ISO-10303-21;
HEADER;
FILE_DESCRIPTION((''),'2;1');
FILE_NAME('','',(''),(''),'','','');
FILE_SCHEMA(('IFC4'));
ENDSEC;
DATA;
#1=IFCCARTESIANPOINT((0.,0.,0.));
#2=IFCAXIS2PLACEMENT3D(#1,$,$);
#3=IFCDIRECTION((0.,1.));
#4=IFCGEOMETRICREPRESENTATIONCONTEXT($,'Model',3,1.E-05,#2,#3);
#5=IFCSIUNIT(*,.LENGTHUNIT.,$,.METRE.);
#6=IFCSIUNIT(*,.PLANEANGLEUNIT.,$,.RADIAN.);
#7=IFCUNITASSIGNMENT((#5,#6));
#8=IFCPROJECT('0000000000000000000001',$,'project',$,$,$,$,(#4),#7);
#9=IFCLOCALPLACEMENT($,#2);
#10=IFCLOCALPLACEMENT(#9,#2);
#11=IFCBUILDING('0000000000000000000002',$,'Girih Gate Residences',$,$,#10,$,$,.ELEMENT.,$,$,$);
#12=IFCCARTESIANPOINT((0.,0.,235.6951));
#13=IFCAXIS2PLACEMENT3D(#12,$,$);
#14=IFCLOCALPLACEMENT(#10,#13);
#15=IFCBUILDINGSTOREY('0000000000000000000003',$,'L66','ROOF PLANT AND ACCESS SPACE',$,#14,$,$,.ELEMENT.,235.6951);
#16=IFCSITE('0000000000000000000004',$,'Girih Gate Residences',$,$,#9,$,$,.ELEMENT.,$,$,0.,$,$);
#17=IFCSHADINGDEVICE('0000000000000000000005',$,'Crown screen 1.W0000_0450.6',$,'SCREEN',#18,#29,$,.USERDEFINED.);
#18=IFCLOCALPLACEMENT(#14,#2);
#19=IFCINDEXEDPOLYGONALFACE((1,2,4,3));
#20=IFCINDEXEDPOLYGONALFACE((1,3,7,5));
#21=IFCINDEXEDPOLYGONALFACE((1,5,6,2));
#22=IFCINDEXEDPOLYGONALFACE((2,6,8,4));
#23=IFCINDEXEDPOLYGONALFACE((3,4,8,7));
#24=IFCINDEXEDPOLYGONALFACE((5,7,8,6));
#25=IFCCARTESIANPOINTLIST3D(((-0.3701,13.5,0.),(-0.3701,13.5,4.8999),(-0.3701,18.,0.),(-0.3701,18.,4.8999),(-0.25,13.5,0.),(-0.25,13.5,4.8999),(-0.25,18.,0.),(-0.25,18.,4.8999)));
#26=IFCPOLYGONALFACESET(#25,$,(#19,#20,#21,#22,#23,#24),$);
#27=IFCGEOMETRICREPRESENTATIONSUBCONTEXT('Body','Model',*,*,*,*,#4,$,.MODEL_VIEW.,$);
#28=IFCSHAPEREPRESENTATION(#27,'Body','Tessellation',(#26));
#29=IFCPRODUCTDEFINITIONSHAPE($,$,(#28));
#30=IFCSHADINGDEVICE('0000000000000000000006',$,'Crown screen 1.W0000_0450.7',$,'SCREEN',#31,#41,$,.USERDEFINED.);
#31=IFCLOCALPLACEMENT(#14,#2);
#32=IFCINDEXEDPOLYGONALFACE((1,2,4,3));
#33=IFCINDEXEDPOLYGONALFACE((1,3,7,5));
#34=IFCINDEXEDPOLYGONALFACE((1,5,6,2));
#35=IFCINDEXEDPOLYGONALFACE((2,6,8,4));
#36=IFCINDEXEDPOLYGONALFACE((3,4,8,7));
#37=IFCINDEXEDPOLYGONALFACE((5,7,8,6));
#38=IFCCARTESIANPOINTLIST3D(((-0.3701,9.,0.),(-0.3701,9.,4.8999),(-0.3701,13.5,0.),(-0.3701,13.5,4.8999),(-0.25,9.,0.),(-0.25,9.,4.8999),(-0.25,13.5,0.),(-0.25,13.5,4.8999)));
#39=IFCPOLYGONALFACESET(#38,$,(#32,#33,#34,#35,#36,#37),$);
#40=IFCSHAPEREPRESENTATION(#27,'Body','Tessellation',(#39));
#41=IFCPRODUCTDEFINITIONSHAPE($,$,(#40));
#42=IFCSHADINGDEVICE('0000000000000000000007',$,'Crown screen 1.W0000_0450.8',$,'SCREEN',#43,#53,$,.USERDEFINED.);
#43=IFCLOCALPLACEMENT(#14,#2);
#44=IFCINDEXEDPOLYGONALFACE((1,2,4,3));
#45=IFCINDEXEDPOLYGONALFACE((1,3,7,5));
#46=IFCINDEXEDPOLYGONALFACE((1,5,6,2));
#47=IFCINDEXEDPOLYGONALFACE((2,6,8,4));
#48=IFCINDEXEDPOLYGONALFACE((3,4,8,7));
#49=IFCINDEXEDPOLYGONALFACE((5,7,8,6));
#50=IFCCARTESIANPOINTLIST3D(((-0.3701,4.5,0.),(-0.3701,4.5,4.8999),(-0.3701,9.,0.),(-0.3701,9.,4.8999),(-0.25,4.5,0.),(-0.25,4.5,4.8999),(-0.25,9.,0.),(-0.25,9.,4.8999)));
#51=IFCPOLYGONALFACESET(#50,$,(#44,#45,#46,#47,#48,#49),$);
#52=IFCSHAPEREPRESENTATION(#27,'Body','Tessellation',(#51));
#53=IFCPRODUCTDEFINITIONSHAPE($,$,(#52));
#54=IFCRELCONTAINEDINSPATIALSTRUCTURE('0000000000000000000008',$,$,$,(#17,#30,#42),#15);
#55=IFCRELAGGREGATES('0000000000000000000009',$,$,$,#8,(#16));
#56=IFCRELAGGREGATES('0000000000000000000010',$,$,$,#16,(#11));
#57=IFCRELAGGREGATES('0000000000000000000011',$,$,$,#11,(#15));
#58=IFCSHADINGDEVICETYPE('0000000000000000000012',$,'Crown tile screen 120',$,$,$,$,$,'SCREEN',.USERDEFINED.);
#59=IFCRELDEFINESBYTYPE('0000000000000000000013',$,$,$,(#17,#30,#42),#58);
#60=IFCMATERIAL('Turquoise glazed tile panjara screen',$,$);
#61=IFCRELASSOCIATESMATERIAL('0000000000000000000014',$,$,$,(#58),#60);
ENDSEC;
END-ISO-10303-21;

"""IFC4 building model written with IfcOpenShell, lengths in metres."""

from ifc_helpers import new_model, si_unit, direction, frame, origin, origin_2d, place, context, subcontext, project, spatial, rectangle, extrude, material, type_object, element, save


model = new_model("IFC4")

# Units and contexts
model_context = context("Model", 3, precision=1e-05, world=origin(), true_north=direction((0.0, 1.0)))
body_context = subcontext(model_context, "Body", "Model", "MODEL_VIEW")
ifc_project = project(units=[si_unit("LENGTHUNIT", "METRE"), si_unit("PLANEANGLEUNIT", "RADIAN")], contexts=[model_context])

# Site, building, storey
site_placement = place(None, origin())
site = spatial("IfcSite", under=ifc_project, at=site_placement, Name="Girih Gate Residences", CompositionType="ELEMENT", RefElevation=0.0)
building_placement = place(site_placement, origin())
building = spatial("IfcBuilding", under=site, at=building_placement, Name="Girih Gate Residences", CompositionType="ELEMENT")
storey_placement = place(building_placement, frame((0.0, 0.0, 235.6951)))
storey = spatial("IfcBuildingStorey", under=building, at=storey_placement, Name="L66", Description="ROOF PLANT AND ACCESS SPACE", CompositionType="ELEMENT", Elevation=235.6951)

# Shading devices
ifc_material_1 = material(Name="Turquoise glazed tile panjara screen")
shading_device_type_1 = type_object("IfcShadingDeviceType", Name="Crown tile screen 120", ElementType="SCREEN", PredefinedType="USERDEFINED", material=ifc_material_1)
for number, where, z_axis, x_axis, name in (
    (1, (-0.3101, 15.75, 0.0), (0.0, 0.0, 1.0), (0.0, -1.0, 0.0), "Crown screen 1.W0000_0450.6"),
    (2, (-0.3101, 11.25, 0.0), (0.0, 0.0, 1.0), (0.0, -1.0, 0.0), "Crown screen 1.W0000_0450.7"),
    (3, (-0.3101, 6.75, 0.0), (0.0, 0.0, 1.0), (0.0, -1.0, 0.0), "Crown screen 1.W0000_0450.8"),
):
    element("IfcShadingDevice", number, at=place(storey_placement, frame(where, z_axis=z_axis, x_axis=x_axis)), inside=storey, type_object=shading_device_type_1, Name=name, ObjectType="SCREEN", PredefinedType="USERDEFINED", context=body_context, shape_type="SweptSolid", body=[
        extrude(rectangle(XDim=4.5, YDim=0.1201, at=origin_2d()), origin(), (0.0, 0.0, 1.0), 4.8999),
    ])

save(model, "model.ifc")
